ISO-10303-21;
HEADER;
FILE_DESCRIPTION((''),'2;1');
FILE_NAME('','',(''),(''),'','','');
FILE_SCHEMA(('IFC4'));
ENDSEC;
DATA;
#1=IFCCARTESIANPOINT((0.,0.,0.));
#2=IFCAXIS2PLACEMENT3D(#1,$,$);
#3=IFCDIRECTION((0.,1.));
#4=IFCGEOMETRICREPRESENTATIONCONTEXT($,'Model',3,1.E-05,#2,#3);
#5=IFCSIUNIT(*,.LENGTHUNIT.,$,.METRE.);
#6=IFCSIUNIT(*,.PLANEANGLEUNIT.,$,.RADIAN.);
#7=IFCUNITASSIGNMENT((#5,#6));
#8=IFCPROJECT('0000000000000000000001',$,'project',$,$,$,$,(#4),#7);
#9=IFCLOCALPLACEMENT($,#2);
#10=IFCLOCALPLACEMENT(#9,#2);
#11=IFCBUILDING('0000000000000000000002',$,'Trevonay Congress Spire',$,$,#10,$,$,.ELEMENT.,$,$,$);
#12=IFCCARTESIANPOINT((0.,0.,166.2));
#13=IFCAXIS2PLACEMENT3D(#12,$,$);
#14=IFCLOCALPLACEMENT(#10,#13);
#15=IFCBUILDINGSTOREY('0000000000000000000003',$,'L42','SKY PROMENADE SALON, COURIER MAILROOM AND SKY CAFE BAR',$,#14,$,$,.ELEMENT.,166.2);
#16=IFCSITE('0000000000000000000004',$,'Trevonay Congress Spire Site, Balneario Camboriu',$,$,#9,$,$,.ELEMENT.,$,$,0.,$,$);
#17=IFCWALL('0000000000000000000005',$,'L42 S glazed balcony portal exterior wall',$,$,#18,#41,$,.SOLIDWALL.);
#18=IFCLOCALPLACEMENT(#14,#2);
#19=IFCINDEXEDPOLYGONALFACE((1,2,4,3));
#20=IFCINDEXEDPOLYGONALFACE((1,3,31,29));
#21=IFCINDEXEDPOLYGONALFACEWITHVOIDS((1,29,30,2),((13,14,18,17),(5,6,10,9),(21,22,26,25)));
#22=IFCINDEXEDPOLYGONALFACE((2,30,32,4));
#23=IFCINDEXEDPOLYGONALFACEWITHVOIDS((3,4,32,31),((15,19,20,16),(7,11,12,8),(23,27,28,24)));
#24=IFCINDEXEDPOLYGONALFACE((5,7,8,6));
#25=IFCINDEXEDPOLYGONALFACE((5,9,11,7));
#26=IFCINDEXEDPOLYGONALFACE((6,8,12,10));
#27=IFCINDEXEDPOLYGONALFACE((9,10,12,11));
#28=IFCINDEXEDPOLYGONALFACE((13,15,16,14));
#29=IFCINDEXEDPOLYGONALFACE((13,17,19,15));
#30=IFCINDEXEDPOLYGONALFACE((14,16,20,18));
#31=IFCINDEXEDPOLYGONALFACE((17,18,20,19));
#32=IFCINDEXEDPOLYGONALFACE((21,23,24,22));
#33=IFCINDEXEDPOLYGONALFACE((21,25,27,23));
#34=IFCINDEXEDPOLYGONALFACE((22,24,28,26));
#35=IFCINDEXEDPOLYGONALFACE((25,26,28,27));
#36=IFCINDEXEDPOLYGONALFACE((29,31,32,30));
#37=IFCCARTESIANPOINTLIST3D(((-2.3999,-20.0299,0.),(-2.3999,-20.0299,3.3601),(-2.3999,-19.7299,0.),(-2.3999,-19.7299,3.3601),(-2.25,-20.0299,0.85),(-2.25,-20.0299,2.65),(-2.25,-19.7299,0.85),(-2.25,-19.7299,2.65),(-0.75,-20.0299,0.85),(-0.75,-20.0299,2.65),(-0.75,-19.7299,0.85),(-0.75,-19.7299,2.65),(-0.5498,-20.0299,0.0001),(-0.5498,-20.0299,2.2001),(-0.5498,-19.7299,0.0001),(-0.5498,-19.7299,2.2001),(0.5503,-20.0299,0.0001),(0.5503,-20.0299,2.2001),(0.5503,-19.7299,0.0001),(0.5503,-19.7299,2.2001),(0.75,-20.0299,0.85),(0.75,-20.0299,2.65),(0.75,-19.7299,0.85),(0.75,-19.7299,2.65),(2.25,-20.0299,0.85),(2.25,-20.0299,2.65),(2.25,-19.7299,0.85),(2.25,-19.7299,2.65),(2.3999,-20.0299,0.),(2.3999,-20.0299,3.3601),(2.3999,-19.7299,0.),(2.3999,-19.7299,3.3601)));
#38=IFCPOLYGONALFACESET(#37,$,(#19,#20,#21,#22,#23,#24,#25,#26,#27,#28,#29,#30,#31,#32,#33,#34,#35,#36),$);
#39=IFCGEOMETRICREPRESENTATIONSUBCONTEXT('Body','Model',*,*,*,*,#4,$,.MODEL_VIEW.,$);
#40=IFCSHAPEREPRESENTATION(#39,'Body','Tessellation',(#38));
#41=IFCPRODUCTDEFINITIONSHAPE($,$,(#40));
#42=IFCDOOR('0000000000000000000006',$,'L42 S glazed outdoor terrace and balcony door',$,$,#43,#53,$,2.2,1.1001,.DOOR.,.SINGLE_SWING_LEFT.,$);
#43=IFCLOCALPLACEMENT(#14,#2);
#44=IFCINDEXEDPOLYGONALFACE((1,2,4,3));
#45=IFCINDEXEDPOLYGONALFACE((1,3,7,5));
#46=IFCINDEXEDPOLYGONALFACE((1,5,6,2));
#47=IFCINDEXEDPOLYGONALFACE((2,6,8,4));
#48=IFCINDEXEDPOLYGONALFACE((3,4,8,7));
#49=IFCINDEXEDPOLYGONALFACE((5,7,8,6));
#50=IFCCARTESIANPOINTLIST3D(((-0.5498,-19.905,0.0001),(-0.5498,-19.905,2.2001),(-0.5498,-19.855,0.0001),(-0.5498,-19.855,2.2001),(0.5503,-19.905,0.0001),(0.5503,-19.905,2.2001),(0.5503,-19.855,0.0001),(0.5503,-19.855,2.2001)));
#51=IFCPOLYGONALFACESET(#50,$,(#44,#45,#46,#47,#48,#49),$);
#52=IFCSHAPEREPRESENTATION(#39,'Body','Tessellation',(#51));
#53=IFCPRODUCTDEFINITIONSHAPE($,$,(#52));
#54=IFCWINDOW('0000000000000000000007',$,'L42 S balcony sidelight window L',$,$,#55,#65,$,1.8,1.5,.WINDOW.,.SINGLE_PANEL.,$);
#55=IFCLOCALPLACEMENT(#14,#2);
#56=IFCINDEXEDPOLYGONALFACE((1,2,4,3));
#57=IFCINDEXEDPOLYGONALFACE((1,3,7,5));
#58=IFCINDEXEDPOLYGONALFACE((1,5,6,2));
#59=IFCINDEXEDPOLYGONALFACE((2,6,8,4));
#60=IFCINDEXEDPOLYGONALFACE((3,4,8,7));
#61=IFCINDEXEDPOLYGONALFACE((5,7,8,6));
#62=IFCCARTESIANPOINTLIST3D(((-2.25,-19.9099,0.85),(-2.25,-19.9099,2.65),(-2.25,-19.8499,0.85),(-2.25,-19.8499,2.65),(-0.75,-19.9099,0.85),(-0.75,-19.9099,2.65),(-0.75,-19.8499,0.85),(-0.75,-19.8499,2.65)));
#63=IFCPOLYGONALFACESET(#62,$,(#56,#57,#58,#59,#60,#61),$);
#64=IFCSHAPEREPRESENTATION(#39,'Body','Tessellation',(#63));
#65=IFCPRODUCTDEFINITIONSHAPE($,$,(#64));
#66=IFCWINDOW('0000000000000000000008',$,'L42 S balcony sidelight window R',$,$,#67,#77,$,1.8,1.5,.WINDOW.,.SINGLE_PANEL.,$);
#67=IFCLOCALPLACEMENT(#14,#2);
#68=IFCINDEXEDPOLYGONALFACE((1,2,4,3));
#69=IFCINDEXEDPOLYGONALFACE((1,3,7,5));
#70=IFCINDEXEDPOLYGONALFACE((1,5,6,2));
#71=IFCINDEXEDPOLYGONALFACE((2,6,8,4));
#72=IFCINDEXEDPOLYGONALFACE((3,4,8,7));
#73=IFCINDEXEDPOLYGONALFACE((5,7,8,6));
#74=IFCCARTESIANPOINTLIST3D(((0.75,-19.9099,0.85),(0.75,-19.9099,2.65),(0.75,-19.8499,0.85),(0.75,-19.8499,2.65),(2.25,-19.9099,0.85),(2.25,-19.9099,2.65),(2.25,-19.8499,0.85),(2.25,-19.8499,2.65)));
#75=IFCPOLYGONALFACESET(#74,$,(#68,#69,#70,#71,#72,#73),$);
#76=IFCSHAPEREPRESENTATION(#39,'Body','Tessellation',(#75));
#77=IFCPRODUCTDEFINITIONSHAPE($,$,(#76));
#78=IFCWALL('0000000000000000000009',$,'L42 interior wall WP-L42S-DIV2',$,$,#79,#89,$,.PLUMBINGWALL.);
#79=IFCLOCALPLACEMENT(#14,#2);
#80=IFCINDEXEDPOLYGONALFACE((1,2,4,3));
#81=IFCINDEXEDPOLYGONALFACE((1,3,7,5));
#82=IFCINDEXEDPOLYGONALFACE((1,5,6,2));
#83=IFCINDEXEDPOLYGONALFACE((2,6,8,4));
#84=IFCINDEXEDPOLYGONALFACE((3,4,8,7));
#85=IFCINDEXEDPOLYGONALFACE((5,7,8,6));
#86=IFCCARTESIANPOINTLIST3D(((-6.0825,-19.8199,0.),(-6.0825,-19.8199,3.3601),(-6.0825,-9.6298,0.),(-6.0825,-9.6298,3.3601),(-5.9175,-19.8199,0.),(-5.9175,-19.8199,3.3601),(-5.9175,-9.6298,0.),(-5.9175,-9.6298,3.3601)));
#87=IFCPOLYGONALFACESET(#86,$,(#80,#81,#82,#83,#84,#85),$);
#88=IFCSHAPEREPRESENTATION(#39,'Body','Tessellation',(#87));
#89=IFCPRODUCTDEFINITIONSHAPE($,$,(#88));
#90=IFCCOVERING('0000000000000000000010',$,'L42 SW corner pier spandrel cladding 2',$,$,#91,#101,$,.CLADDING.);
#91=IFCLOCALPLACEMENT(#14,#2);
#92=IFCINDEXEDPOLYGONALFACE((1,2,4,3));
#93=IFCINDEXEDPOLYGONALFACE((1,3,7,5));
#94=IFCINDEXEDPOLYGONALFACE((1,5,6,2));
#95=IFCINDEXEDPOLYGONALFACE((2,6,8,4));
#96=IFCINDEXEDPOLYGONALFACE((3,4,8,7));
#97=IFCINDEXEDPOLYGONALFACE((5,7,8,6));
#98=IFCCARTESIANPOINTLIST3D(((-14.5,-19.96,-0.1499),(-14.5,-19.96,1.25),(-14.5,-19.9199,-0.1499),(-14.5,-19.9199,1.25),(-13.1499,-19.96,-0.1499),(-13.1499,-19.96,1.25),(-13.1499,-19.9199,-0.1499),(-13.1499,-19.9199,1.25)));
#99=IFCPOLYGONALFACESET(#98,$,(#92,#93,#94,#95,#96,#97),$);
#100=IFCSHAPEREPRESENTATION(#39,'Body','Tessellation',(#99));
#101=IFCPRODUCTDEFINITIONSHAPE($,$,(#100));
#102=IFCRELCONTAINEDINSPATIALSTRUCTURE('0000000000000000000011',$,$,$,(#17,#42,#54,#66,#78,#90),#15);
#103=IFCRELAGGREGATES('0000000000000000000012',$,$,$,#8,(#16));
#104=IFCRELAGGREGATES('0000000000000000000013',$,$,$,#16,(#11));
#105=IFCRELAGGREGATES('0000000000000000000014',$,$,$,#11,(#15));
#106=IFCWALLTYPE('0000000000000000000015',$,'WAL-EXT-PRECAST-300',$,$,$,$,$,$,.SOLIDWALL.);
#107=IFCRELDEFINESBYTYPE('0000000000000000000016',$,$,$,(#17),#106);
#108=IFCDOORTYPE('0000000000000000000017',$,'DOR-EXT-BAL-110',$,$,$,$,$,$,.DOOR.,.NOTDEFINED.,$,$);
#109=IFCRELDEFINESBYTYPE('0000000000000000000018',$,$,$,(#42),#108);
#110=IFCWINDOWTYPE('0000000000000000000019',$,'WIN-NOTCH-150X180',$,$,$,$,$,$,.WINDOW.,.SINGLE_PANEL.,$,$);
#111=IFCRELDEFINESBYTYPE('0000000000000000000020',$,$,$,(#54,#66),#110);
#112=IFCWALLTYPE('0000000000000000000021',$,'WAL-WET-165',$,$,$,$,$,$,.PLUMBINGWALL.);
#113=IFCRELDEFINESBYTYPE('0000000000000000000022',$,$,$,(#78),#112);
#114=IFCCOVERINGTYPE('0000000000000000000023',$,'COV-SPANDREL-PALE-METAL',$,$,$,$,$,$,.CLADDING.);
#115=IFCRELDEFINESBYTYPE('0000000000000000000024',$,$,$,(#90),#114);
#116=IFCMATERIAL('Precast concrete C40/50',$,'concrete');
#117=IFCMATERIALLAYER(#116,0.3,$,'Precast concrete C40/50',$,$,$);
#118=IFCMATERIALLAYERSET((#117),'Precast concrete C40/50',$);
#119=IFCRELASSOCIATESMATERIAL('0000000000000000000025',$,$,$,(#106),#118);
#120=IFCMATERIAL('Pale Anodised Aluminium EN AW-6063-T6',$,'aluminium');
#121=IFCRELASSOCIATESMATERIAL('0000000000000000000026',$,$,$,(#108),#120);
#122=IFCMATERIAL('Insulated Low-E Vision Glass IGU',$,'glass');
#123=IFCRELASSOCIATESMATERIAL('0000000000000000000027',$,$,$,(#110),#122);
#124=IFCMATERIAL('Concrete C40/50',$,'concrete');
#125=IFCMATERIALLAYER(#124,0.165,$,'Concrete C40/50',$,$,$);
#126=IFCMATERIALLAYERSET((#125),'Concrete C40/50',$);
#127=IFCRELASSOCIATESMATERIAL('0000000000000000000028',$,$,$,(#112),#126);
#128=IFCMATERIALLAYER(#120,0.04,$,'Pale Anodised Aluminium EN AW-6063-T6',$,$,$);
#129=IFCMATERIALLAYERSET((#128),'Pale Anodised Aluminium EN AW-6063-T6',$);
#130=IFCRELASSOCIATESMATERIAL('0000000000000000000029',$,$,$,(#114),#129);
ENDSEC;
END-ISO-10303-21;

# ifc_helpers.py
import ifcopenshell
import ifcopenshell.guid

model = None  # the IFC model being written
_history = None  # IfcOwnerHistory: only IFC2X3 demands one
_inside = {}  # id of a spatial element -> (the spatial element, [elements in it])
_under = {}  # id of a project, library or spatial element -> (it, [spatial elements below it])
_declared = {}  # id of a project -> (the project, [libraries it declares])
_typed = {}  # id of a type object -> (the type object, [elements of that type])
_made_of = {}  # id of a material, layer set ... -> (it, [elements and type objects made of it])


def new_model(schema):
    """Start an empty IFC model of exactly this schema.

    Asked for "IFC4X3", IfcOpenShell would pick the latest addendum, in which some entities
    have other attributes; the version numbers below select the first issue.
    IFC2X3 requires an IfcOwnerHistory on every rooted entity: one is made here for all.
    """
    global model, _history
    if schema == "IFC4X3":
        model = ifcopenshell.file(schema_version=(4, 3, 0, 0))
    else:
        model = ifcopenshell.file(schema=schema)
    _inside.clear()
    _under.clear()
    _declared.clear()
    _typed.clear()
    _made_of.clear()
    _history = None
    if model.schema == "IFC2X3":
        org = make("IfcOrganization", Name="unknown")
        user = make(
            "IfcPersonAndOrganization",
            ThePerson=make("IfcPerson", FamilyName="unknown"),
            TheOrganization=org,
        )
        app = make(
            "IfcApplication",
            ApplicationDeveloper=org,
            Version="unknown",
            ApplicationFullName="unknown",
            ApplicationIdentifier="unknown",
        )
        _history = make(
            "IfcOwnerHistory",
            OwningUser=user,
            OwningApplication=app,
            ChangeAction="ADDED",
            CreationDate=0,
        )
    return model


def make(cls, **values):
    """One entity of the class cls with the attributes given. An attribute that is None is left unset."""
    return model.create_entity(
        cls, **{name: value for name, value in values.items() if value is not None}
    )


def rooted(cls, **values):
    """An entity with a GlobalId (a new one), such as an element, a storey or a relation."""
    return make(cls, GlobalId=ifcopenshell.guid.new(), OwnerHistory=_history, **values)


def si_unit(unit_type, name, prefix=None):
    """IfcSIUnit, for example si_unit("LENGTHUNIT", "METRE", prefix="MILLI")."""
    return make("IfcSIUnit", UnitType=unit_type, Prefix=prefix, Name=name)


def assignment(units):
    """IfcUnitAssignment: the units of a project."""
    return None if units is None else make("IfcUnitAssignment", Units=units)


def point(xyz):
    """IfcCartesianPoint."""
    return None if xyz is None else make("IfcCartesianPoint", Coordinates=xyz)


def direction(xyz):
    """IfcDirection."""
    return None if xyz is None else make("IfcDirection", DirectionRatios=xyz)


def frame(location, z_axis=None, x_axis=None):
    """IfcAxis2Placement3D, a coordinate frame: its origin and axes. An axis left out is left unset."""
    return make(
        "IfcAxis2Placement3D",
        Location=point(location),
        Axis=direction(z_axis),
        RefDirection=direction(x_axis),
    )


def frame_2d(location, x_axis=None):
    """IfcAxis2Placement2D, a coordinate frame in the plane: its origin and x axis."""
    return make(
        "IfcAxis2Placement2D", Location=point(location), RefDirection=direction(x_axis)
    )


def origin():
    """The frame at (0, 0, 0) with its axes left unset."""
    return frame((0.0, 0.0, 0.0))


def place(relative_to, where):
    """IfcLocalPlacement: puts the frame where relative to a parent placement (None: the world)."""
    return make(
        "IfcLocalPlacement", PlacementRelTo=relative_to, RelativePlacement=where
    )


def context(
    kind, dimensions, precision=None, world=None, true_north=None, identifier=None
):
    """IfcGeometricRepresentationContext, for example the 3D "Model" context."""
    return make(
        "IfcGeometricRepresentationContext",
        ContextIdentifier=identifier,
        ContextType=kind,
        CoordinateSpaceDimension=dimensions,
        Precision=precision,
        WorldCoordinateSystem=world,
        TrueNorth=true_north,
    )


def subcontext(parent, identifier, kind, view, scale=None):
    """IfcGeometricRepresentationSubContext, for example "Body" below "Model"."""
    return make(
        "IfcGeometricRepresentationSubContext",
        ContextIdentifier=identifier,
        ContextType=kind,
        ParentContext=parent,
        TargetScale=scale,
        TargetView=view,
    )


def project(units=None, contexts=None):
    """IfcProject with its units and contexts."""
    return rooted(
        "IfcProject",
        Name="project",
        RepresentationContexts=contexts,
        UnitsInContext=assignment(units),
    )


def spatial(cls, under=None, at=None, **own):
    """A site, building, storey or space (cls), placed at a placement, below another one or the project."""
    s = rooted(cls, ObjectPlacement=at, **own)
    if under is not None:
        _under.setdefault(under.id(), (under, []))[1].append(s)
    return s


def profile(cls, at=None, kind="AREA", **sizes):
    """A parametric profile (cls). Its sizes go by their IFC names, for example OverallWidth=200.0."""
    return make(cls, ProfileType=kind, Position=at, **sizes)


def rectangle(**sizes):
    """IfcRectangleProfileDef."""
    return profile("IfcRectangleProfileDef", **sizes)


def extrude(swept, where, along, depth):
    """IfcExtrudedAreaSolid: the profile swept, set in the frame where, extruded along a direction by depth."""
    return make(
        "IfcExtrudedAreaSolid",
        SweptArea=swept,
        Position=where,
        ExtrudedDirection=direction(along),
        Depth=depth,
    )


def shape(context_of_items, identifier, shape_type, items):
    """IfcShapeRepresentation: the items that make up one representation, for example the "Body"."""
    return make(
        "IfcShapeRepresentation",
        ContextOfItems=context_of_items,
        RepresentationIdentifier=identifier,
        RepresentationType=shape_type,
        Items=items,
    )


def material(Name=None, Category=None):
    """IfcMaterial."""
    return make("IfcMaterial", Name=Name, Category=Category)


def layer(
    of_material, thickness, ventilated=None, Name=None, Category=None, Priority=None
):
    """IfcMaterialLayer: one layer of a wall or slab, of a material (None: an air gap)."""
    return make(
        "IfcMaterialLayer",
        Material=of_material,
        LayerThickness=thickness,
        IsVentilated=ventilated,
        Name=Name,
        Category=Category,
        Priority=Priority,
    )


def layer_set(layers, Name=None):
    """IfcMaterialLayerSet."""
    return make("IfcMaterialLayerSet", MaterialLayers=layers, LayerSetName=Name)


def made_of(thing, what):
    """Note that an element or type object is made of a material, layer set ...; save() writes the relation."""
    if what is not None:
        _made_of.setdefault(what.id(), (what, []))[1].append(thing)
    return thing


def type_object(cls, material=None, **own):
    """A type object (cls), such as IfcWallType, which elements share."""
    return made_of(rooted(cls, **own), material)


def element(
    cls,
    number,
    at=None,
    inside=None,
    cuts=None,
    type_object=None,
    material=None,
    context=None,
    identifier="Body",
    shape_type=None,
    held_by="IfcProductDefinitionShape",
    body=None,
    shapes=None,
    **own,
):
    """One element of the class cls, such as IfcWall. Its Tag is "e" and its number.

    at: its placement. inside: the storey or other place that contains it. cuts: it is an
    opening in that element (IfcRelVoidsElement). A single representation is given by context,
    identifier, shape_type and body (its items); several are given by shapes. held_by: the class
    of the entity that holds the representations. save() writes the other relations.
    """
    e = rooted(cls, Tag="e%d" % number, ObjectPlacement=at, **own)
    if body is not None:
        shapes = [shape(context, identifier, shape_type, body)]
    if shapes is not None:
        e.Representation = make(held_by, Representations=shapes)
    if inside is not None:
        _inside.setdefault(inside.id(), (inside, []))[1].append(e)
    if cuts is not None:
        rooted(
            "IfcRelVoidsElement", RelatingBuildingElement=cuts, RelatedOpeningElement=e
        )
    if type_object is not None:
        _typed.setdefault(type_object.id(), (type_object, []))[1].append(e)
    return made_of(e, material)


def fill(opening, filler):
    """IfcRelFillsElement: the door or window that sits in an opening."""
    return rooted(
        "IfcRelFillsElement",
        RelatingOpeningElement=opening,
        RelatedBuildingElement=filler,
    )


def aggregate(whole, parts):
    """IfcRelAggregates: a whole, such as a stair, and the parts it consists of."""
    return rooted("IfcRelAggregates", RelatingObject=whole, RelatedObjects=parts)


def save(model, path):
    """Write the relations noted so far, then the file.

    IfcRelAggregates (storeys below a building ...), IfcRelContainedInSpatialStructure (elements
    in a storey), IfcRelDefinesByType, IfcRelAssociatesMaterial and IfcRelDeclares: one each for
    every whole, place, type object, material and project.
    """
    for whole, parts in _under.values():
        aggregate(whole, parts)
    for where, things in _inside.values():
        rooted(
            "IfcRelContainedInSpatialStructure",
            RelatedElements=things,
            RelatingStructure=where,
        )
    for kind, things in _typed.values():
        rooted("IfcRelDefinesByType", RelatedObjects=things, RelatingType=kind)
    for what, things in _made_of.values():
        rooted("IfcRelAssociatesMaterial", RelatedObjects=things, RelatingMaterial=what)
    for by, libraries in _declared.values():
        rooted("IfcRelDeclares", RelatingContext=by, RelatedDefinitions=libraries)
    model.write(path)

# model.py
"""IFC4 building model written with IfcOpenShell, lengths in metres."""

from ifc_helpers import new_model, si_unit, direction, frame, frame_2d, origin, place, context, subcontext, project, spatial, rectangle, extrude, material, layer, layer_set, type_object, element, fill, save


model = new_model("IFC4")

# Units and contexts
model_context = context("Model", 3, precision=1e-05, world=origin(), true_north=direction((0.0, 1.0)))
body_context = subcontext(model_context, "Body", "Model", "MODEL_VIEW")
ifc_project = project(units=[si_unit("LENGTHUNIT", "METRE"), si_unit("PLANEANGLEUNIT", "RADIAN")], contexts=[model_context])

# Site, building, storey
site_placement = place(None, origin())
site = spatial("IfcSite", under=ifc_project, at=site_placement, Name="Trevonay Congress Spire Site, Balneario Camboriu", CompositionType="ELEMENT", RefElevation=0.0)
building_placement = place(site_placement, origin())
building = spatial("IfcBuilding", under=site, at=building_placement, Name="Trevonay Congress Spire", CompositionType="ELEMENT")
storey_placement = place(building_placement, frame((0.0, 0.0, 166.2)))
storey = spatial("IfcBuildingStorey", under=building, at=storey_placement, Name="L42", Description="SKY PROMENADE SALON, COURIER MAILROOM AND SKY CAFE BAR", CompositionType="ELEMENT", Elevation=166.2)

# Shared definitions
ifc_material_1 = material(Name="Pale Anodised Aluminium EN AW-6063-T6", Category="aluminium")

# Shared definitions
ifc_material_2 = material(Name="Insulated Low-E Vision Glass IGU", Category="glass")

# Wall, openings, door, windows
ifc_material_3 = material(Name="Precast concrete C40/50", Category="concrete")
ifc_layer_1 = layer(ifc_material_3, 0.3, Name="Precast concrete C40/50")
ifc_layer_set_1 = layer_set([ifc_layer_1], Name="Precast concrete C40/50")
wall_type_1 = type_object("IfcWallType", Name="WAL-EXT-PRECAST-300", PredefinedType="SOLIDWALL", material=ifc_layer_set_1)
wall_1_placement = place(storey_placement, frame((-2.3999, -19.8799, 0.0), z_axis=(0.0, 0.0, 1.0), x_axis=(1.0, 0.0, 0.0)))
wall_1 = element("IfcWall", 1, at=wall_1_placement, inside=storey, type_object=wall_type_1, Name="L42 S glazed balcony portal exterior wall", PredefinedType="SOLIDWALL", context=body_context, shape_type="SweptSolid", body=[
    extrude(rectangle(XDim=4.7998, YDim=0.3, at=frame_2d((2.3999, 0.0))), origin(), (0.0, 0.0, 1.0), 3.3601),
])
opening_1_placement = place(wall_1_placement, frame((1.8501, 0.0, 0.0)))
opening_1 = element("IfcOpeningElement", 2, at=opening_1_placement, cuts=wall_1, PredefinedType="OPENING", context=body_context, shape_type="SweptSolid", body=[
    extrude(rectangle(XDim=1.1001, YDim=2.2, at=frame_2d((0.55, 1.1001))), frame((0.0, 0.1602, 0.0), z_axis=(0.0, -1.0, 0.0), x_axis=(1.0, 0.0, 0.0)), (0.0, 0.0, 1.0), 0.3201),
])
opening_2_placement = place(wall_1_placement, frame((0.1499, 0.0, 0.8501)))
opening_2 = element("IfcOpeningElement", 3, at=opening_2_placement, cuts=wall_1, PredefinedType="OPENING", context=body_context, shape_type="SweptSolid", body=[
    extrude(rectangle(XDim=1.5, YDim=1.8, at=frame_2d((0.75, 0.8999))), frame((0.0, 0.1602, 0.0), z_axis=(0.0, -1.0, 0.0), x_axis=(1.0, 0.0, 0.0)), (0.0, 0.0, 1.0), 0.3201),
])
opening_3_placement = place(wall_1_placement, frame((3.1499, 0.0, 0.8501)))
opening_3 = element("IfcOpeningElement", 4, at=opening_3_placement, cuts=wall_1, PredefinedType="OPENING", context=body_context, shape_type="SweptSolid", body=[
    extrude(rectangle(XDim=1.5, YDim=1.8, at=frame_2d((0.75, 0.8999))), frame((0.0, 0.1602, 0.0), z_axis=(0.0, -1.0, 0.0), x_axis=(1.0, 0.0, 0.0)), (0.0, 0.0, 1.0), 0.3201),
])
door_type = type_object("IfcDoorType", Name="DOR-EXT-BAL-110", OperationType="NOTDEFINED", PredefinedType="DOOR", material=ifc_material_1)
door_placement = place(opening_1_placement, origin())
door = element("IfcDoor", 5, at=door_placement, inside=storey, type_object=door_type, Name="L42 S glazed outdoor terrace and balcony door", OperationType="SINGLE_SWING_LEFT", OverallHeight=2.2, OverallWidth=1.1001, PredefinedType="DOOR", context=body_context, shape_type="SweptSolid", body=[
    extrude(rectangle(XDim=1.1001, YDim=2.2, at=frame_2d((0.55, 1.1001))), frame((0.0, 0.0249, 0.0), z_axis=(0.0, -1.0, 0.0), x_axis=(1.0, 0.0, 0.0)), (0.0, 0.0, 1.0), 0.05),
])
fill(opening_1, door)
window_type = type_object("IfcWindowType", Name="WIN-NOTCH-150X180", PartitioningType="SINGLE_PANEL", PredefinedType="WINDOW", material=ifc_material_2)
window_1_placement = place(opening_2_placement, origin())
window_1 = element("IfcWindow", 6, at=window_1_placement, inside=storey, type_object=window_type, Name="L42 S balcony sidelight window L", OverallHeight=1.8, OverallWidth=1.5, PartitioningType="SINGLE_PANEL", PredefinedType="WINDOW", context=body_context, shape_type="SweptSolid", body=[
    extrude(rectangle(XDim=1.5, YDim=1.8, at=frame_2d((0.75, 0.8999))), frame((0.0, 0.03, 0.0), z_axis=(0.0, -1.0, 0.0), x_axis=(1.0, 0.0, 0.0)), (0.0, 0.0, 1.0), 0.0601),
])
fill(opening_2, window_1)
window_2_placement = place(opening_3_placement, origin())
window_2 = element("IfcWindow", 7, at=window_2_placement, inside=storey, type_object=window_type, Name="L42 S balcony sidelight window R", OverallHeight=1.8, OverallWidth=1.5, PartitioningType="SINGLE_PANEL", PredefinedType="WINDOW", context=body_context, shape_type="SweptSolid", body=[
    extrude(rectangle(XDim=1.5, YDim=1.8, at=frame_2d((0.75, 0.8999))), frame((0.0, 0.03, 0.0), z_axis=(0.0, -1.0, 0.0), x_axis=(1.0, 0.0, 0.0)), (0.0, 0.0, 1.0), 0.0601),
])
fill(opening_3, window_2)

# Wall
ifc_material_4 = material(Name="Concrete C40/50", Category="concrete")
ifc_layer_2 = layer(ifc_material_4, 0.165, Name="Concrete C40/50")
ifc_layer_set_2 = layer_set([ifc_layer_2], Name="Concrete C40/50")
wall_type_2 = type_object("IfcWallType", Name="WAL-WET-165", PredefinedType="PLUMBINGWALL", material=ifc_layer_set_2)
wall_2_placement = place(storey_placement, frame((-6.0, -19.8201, 0.0), z_axis=(0.0, 0.0, 1.0), x_axis=(0.0, 1.0, 0.0)))
element("IfcWall", 8, at=wall_2_placement, inside=storey, type_object=wall_type_2, Name="L42 interior wall WP-L42S-DIV2", PredefinedType="PLUMBINGWALL", context=body_context, shape_type="SweptSolid", body=[
    extrude(rectangle(XDim=10.1902, YDim=0.165, at=frame_2d((5.0952, 0.0))), origin(), (0.0, 0.0, 1.0), 3.3601),
])

# Covering
ifc_layer_3 = layer(ifc_material_1, 0.04, Name="Pale Anodised Aluminium EN AW-6063-T6")
ifc_layer_set_3 = layer_set([ifc_layer_3], Name="Pale Anodised Aluminium EN AW-6063-T6")
covering_type = type_object("IfcCoveringType", Name="COV-SPANDREL-PALE-METAL", PredefinedType="CLADDING", material=ifc_layer_set_3)
covering_placement = place(storey_placement, frame((-13.1499, -19.9399, -0.1499), z_axis=(0.0, 0.0, 1.0), x_axis=(-1.0, 0.0, 0.0)))
element("IfcCovering", 9, at=covering_placement, inside=storey, type_object=covering_type, Name="L42 SW corner pier spandrel cladding 2", PredefinedType="CLADDING", context=body_context, shape_type="SweptSolid", body=[
    extrude(rectangle(XDim=1.3501, YDim=0.04, at=frame_2d((0.675, 0.0))), origin(), (0.0, 0.0, 1.0), 1.3999),
])

save(model, "model.ifc")
